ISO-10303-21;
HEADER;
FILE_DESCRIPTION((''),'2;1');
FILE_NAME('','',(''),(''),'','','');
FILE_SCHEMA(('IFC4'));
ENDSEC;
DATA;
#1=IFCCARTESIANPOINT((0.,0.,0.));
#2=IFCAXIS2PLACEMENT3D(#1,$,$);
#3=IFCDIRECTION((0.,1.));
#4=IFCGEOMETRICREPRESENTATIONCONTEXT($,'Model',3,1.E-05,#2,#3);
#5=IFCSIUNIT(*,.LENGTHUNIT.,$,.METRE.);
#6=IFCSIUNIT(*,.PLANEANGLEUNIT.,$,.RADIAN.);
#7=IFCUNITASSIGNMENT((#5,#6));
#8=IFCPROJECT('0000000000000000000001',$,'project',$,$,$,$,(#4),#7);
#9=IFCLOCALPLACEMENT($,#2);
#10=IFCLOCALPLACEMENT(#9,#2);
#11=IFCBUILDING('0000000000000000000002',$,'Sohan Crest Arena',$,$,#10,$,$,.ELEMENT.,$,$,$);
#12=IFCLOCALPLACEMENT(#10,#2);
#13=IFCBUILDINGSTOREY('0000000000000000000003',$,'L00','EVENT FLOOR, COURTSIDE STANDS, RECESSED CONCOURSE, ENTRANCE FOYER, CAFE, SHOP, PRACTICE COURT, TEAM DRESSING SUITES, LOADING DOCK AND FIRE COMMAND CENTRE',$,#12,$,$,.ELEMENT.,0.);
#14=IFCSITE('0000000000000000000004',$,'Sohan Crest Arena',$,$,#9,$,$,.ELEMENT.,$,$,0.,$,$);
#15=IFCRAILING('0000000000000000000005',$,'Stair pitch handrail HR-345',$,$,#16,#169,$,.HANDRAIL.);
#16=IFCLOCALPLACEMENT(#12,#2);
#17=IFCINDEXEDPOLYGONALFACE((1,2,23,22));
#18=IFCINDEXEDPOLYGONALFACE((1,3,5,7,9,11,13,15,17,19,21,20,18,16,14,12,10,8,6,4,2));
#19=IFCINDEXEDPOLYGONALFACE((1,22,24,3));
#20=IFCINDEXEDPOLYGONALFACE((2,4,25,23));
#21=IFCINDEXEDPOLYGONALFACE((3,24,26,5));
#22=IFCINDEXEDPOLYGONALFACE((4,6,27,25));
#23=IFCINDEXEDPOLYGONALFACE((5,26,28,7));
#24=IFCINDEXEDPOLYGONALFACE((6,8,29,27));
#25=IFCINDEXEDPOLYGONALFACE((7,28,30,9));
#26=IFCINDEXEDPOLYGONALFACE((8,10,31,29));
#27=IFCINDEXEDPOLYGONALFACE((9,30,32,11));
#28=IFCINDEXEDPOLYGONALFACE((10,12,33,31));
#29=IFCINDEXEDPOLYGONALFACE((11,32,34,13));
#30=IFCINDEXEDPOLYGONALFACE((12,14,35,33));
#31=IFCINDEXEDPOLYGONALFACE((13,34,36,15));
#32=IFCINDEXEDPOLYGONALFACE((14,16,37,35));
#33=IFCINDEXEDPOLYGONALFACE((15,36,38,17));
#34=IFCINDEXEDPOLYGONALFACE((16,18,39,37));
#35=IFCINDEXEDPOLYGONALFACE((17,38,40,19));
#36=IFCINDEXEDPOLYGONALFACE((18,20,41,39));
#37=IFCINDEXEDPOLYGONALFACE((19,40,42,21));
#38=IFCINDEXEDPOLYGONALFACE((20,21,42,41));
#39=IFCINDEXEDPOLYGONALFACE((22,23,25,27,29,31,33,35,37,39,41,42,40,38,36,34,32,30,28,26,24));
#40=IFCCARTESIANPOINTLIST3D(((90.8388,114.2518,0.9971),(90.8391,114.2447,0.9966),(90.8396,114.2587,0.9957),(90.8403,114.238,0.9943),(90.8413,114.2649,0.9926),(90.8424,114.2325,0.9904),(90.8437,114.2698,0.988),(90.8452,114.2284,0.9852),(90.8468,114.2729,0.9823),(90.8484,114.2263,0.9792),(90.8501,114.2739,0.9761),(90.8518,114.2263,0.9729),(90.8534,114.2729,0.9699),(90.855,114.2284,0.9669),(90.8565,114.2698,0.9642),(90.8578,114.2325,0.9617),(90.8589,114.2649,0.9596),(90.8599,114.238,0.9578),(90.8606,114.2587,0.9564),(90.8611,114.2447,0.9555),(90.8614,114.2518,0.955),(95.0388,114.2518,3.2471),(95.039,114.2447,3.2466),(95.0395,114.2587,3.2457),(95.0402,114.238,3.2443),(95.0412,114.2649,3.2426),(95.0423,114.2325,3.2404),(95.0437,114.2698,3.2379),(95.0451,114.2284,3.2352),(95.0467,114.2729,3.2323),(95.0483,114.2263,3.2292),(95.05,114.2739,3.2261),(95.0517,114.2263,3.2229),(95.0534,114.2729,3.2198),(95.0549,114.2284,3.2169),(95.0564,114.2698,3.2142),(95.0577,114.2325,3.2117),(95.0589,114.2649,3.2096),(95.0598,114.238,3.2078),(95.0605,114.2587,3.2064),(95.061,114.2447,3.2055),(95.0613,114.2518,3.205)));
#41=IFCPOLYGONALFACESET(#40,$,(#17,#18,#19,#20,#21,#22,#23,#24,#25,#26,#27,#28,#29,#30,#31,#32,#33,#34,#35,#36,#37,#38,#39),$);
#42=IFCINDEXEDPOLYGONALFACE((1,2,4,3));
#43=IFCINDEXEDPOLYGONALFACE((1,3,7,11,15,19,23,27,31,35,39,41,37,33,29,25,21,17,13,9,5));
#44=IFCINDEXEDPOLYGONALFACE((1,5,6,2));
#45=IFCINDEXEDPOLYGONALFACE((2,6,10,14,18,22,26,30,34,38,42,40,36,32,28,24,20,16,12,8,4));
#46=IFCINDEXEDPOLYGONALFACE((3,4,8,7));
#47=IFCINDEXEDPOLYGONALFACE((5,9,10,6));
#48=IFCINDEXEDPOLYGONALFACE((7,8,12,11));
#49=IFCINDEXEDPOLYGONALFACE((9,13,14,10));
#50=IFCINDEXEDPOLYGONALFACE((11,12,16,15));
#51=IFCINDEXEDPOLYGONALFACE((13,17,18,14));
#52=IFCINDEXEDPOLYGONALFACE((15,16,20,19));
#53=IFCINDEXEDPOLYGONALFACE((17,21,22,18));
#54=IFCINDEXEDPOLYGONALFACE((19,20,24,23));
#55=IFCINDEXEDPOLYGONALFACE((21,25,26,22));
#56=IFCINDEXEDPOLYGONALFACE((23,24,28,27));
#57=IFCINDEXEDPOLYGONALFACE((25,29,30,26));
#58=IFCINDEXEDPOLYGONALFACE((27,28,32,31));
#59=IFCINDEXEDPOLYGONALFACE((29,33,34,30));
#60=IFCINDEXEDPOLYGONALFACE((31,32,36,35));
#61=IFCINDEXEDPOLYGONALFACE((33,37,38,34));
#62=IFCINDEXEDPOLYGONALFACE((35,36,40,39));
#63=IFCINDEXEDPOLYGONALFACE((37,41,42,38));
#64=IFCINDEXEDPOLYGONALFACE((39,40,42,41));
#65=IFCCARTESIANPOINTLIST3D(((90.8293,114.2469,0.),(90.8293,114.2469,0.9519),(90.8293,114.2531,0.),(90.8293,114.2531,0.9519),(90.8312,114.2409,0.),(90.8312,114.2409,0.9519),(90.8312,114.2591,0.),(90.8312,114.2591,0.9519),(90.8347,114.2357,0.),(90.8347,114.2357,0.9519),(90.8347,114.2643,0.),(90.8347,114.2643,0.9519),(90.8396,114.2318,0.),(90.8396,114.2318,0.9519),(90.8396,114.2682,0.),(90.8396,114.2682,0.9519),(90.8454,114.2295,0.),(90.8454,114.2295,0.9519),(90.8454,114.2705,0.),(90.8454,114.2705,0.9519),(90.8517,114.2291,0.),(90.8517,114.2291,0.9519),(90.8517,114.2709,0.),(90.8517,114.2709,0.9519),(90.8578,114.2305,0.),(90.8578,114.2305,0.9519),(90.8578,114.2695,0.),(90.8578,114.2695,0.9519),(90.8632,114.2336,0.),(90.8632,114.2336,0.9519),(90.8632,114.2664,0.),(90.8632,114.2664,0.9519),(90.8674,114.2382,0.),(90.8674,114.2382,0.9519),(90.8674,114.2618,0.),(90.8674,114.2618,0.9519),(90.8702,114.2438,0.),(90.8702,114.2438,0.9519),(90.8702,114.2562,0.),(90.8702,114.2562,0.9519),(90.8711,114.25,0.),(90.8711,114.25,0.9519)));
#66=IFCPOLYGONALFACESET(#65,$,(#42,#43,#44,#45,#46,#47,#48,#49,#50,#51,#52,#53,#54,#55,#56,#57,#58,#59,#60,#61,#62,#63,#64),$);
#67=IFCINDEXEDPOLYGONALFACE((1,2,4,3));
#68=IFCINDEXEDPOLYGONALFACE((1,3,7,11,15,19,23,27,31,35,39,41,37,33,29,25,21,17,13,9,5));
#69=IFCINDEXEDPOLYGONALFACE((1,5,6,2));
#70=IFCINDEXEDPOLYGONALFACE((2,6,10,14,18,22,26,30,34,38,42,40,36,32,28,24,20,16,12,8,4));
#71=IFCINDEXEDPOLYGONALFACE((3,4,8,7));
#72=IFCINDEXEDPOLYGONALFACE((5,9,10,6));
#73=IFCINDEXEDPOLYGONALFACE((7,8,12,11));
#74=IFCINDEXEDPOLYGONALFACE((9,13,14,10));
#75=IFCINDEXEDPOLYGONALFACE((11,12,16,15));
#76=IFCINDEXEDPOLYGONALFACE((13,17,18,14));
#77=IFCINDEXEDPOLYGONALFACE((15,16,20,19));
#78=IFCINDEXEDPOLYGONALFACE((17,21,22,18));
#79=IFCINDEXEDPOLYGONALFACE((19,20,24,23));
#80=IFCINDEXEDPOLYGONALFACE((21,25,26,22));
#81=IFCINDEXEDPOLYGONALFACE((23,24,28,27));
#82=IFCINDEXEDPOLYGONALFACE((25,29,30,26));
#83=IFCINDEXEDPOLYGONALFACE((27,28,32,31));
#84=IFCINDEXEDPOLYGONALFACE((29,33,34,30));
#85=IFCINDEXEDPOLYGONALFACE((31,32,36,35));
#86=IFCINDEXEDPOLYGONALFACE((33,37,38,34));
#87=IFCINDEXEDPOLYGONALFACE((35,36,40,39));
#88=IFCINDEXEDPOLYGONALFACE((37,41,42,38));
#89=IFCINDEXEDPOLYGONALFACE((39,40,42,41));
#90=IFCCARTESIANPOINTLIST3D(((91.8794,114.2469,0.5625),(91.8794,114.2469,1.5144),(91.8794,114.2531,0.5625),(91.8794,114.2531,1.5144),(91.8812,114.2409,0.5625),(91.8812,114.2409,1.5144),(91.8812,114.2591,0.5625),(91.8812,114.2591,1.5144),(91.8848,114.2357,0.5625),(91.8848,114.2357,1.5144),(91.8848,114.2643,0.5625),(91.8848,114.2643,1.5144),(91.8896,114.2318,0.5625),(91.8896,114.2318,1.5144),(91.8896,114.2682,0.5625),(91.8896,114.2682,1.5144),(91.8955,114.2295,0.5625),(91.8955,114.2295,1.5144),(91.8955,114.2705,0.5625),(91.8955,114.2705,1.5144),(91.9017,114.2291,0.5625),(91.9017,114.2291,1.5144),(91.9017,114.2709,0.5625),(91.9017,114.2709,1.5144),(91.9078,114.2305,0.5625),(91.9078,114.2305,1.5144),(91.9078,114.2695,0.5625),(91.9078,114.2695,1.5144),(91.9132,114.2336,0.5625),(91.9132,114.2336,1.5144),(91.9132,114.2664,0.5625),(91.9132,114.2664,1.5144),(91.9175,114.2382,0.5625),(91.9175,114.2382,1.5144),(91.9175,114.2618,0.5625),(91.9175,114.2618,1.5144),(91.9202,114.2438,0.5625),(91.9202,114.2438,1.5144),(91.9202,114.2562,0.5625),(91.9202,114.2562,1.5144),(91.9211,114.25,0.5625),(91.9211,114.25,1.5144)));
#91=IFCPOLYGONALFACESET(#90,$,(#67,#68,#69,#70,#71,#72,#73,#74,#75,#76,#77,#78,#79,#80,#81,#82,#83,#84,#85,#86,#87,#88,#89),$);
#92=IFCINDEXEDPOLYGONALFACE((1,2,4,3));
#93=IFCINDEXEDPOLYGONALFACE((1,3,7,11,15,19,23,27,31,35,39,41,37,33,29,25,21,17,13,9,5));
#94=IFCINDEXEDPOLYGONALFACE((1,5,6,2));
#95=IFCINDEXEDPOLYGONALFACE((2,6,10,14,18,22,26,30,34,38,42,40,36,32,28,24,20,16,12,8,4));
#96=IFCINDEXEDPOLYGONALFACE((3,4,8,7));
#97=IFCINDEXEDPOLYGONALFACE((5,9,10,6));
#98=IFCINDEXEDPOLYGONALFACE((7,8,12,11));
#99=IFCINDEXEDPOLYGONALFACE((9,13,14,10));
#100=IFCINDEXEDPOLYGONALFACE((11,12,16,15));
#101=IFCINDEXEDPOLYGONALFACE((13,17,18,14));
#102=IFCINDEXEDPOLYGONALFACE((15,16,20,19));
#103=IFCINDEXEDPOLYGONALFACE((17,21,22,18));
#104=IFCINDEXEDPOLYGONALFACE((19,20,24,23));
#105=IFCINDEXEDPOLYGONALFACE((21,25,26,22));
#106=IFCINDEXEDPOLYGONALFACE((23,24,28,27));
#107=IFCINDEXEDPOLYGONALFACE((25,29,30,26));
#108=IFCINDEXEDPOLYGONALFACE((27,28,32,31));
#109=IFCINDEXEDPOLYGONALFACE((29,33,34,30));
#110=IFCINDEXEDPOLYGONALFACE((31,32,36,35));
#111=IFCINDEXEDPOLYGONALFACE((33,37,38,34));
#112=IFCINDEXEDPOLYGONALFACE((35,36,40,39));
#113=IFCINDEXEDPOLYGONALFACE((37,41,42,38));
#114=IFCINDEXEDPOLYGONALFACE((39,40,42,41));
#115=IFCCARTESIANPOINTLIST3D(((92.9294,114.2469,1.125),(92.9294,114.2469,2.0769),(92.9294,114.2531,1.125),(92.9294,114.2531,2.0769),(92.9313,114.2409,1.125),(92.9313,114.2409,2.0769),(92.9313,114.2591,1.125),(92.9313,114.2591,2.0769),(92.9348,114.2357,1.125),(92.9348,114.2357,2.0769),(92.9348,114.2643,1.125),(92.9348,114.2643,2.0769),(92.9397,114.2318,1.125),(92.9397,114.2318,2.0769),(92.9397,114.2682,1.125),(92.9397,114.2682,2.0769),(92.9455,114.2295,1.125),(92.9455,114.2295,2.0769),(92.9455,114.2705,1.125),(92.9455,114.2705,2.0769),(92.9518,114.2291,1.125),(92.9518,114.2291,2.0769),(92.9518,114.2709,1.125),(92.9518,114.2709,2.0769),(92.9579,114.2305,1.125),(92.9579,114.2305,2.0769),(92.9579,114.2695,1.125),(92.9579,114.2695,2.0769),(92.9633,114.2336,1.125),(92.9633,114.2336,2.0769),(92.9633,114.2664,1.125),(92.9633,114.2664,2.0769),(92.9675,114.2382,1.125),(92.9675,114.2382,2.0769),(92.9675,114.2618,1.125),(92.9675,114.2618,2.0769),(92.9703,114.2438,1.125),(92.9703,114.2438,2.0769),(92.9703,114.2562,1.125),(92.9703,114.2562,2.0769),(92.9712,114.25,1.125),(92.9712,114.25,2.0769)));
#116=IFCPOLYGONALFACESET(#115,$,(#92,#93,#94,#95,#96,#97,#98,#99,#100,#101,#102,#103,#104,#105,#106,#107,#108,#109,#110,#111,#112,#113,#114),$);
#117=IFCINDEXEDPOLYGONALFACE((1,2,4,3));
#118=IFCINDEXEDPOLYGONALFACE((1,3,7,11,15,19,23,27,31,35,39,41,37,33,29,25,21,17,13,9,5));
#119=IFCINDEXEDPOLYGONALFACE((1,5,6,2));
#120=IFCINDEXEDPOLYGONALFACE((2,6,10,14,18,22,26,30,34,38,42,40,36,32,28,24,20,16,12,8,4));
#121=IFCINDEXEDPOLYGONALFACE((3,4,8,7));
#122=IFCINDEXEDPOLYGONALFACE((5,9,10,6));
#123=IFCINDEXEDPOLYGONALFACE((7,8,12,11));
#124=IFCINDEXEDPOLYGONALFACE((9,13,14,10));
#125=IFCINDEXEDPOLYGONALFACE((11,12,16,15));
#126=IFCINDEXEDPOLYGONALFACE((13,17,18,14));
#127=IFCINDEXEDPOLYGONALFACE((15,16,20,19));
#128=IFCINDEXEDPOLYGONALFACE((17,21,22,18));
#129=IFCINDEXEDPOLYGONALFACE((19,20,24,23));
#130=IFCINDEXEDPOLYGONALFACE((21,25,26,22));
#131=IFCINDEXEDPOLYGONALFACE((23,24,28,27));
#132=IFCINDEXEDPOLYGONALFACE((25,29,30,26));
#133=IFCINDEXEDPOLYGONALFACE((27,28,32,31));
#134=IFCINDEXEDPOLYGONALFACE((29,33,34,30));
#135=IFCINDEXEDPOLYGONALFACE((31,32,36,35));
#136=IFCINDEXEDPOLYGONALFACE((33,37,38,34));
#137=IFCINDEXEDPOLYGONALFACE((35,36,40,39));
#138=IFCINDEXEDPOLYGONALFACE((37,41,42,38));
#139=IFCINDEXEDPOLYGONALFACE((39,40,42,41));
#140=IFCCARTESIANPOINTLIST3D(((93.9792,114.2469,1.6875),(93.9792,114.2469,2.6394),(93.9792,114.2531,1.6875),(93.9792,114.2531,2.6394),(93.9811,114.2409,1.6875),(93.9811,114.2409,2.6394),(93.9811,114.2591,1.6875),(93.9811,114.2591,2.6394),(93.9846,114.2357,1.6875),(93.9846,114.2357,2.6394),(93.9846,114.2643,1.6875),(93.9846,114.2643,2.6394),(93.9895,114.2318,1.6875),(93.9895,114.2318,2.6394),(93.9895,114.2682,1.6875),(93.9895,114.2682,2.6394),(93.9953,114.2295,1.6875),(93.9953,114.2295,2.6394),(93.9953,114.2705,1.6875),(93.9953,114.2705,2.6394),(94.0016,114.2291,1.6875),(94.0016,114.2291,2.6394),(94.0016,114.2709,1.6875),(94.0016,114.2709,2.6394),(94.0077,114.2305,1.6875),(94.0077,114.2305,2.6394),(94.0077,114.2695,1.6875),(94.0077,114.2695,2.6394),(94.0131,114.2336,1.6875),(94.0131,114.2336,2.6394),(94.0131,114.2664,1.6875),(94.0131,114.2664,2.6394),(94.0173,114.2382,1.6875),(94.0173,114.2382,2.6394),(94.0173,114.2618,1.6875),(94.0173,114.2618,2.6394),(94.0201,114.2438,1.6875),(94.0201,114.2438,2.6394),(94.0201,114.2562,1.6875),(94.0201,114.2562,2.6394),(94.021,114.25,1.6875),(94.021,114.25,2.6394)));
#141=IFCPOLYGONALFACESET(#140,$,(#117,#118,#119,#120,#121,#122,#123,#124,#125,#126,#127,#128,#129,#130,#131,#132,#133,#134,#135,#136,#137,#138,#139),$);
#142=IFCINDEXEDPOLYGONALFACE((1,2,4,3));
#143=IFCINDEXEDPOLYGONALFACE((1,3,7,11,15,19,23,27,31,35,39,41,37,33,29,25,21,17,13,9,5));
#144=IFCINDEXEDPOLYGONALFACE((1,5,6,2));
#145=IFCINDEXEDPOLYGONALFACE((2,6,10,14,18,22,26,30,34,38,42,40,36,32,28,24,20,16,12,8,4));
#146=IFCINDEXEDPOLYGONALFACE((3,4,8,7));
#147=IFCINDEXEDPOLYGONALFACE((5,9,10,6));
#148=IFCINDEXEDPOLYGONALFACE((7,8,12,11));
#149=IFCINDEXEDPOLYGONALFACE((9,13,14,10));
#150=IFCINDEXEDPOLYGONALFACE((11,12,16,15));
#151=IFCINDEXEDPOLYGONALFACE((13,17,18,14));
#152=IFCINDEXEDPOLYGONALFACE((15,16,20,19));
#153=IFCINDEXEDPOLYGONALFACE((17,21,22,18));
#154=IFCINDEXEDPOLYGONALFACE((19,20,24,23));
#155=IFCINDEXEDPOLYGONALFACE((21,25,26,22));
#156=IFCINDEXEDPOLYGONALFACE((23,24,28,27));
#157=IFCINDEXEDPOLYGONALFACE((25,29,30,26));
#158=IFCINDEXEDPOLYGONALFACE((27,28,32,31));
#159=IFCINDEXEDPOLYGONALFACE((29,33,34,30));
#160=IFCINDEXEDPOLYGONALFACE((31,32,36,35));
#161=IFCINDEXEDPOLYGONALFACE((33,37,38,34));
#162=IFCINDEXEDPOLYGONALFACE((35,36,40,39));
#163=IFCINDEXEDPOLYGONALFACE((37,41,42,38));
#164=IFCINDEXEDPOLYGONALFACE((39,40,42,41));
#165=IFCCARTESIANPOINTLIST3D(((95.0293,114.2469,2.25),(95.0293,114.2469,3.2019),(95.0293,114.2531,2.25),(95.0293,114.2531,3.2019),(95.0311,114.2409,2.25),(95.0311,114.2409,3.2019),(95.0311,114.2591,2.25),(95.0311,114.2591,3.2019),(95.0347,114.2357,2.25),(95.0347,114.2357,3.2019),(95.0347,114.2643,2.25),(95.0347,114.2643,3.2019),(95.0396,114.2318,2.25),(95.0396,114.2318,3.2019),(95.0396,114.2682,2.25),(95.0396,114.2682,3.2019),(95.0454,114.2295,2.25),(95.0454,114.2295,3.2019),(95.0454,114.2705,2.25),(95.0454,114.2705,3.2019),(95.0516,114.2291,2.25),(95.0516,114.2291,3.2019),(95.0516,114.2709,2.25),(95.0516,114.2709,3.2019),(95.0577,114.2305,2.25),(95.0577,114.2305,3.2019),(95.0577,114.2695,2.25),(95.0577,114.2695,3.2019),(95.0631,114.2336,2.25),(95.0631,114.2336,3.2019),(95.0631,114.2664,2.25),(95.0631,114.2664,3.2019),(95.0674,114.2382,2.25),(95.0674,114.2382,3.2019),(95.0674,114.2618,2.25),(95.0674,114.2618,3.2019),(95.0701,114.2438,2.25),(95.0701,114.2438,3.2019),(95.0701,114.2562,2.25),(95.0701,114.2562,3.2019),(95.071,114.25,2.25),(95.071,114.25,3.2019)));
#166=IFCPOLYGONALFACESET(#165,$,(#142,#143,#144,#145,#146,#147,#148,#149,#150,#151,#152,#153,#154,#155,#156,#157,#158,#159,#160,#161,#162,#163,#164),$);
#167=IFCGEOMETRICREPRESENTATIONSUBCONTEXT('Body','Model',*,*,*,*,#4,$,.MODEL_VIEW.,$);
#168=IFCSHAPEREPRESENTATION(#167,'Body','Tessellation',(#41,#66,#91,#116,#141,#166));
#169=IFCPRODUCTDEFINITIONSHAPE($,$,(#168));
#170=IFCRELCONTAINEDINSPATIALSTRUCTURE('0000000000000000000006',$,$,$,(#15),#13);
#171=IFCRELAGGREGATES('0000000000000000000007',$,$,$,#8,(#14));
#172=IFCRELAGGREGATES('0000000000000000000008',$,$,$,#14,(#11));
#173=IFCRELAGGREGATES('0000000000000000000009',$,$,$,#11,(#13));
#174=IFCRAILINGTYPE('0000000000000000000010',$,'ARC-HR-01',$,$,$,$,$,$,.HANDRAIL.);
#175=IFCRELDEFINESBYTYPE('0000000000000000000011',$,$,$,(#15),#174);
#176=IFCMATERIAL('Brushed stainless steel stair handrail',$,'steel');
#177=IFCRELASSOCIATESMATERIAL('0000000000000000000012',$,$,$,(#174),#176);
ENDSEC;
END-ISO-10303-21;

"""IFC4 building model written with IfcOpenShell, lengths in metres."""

from ifc_helpers import new_model, si_unit, direction, frame, origin, origin_2d, place, context, subcontext, project, spatial, circle, extrude, material, type_object, element, save


model = new_model("IFC4")

# Units and contexts
model_context = context("Model", 3, precision=1e-05, world=origin(), true_north=direction((0.0, 1.0)))
body_context = subcontext(model_context, "Body", "Model", "MODEL_VIEW")
ifc_project = project(units=[si_unit("LENGTHUNIT", "METRE"), si_unit("PLANEANGLEUNIT", "RADIAN")], contexts=[model_context])

# Site, building, storey
site_placement = place(None, origin())
site = spatial("IfcSite", under=ifc_project, at=site_placement, Name="Sohan Crest Arena", CompositionType="ELEMENT", RefElevation=0.0)
building_placement = place(site_placement, origin())
building = spatial("IfcBuilding", under=site, at=building_placement, Name="Sohan Crest Arena", CompositionType="ELEMENT")
storey_placement = place(building_placement, origin())
storey = spatial("IfcBuildingStorey", under=building, at=storey_placement, Name="L00", Description="EVENT FLOOR, COURTSIDE STANDS, RECESSED CONCOURSE, ENTRANCE FOYER, CAFE, SHOP, PRACTICE COURT, TEAM DRESSING SUITES, LOADING DOCK AND FIRE COMMAND CENTRE", CompositionType="ELEMENT", Elevation=0.0)

# Railing
ifc_material_1 = material(Name="Brushed stainless steel stair handrail", Category="steel")
railing_type = type_object("IfcRailingType", Name="ARC-HR-01", PredefinedType="HANDRAIL", material=ifc_material_1)
for number, where, name in (
    (1, (90.8501, 114.25, 0.0), "Stair pitch handrail HR-345"),
):
    element("IfcRailing", number, at=place(storey_placement, frame(where)), inside=storey, type_object=railing_type, Name=name, PredefinedType="HANDRAIL", context=body_context, shape_type="SweptSolid", body=[
        extrude(circle(Radius=0.0239, at=origin_2d()), frame((0.0, 0.0, 0.9761), z_axis=(0.881478, 0.0, 0.472226), x_axis=(0.0, 1.0, 0.0)), (0.0, 0.0, 1.0), 4.7646),
        extrude(circle(Radius=0.021, at=origin_2d()), origin(), (0.0, 0.0, 1.0), 0.9519),
        extrude(circle(Radius=0.021, at=origin_2d()), frame((1.05, 0.0, 0.5625)), (0.0, 0.0, 1.0), 0.9519),
        extrude(circle(Radius=0.021, at=origin_2d()), frame((2.1001, 0.0, 1.125)), (0.0, 0.0, 1.0), 0.9519),
        extrude(circle(Radius=0.021, at=origin_2d()), frame((3.1499, 0.0, 1.6875)), (0.0, 0.0, 1.0), 0.9519),
        extrude(circle(Radius=0.021, at=origin_2d()), frame((4.2, 0.0, 2.25)), (0.0, 0.0, 1.0), 0.9519),
    ])

save(model, "model.ifc")
